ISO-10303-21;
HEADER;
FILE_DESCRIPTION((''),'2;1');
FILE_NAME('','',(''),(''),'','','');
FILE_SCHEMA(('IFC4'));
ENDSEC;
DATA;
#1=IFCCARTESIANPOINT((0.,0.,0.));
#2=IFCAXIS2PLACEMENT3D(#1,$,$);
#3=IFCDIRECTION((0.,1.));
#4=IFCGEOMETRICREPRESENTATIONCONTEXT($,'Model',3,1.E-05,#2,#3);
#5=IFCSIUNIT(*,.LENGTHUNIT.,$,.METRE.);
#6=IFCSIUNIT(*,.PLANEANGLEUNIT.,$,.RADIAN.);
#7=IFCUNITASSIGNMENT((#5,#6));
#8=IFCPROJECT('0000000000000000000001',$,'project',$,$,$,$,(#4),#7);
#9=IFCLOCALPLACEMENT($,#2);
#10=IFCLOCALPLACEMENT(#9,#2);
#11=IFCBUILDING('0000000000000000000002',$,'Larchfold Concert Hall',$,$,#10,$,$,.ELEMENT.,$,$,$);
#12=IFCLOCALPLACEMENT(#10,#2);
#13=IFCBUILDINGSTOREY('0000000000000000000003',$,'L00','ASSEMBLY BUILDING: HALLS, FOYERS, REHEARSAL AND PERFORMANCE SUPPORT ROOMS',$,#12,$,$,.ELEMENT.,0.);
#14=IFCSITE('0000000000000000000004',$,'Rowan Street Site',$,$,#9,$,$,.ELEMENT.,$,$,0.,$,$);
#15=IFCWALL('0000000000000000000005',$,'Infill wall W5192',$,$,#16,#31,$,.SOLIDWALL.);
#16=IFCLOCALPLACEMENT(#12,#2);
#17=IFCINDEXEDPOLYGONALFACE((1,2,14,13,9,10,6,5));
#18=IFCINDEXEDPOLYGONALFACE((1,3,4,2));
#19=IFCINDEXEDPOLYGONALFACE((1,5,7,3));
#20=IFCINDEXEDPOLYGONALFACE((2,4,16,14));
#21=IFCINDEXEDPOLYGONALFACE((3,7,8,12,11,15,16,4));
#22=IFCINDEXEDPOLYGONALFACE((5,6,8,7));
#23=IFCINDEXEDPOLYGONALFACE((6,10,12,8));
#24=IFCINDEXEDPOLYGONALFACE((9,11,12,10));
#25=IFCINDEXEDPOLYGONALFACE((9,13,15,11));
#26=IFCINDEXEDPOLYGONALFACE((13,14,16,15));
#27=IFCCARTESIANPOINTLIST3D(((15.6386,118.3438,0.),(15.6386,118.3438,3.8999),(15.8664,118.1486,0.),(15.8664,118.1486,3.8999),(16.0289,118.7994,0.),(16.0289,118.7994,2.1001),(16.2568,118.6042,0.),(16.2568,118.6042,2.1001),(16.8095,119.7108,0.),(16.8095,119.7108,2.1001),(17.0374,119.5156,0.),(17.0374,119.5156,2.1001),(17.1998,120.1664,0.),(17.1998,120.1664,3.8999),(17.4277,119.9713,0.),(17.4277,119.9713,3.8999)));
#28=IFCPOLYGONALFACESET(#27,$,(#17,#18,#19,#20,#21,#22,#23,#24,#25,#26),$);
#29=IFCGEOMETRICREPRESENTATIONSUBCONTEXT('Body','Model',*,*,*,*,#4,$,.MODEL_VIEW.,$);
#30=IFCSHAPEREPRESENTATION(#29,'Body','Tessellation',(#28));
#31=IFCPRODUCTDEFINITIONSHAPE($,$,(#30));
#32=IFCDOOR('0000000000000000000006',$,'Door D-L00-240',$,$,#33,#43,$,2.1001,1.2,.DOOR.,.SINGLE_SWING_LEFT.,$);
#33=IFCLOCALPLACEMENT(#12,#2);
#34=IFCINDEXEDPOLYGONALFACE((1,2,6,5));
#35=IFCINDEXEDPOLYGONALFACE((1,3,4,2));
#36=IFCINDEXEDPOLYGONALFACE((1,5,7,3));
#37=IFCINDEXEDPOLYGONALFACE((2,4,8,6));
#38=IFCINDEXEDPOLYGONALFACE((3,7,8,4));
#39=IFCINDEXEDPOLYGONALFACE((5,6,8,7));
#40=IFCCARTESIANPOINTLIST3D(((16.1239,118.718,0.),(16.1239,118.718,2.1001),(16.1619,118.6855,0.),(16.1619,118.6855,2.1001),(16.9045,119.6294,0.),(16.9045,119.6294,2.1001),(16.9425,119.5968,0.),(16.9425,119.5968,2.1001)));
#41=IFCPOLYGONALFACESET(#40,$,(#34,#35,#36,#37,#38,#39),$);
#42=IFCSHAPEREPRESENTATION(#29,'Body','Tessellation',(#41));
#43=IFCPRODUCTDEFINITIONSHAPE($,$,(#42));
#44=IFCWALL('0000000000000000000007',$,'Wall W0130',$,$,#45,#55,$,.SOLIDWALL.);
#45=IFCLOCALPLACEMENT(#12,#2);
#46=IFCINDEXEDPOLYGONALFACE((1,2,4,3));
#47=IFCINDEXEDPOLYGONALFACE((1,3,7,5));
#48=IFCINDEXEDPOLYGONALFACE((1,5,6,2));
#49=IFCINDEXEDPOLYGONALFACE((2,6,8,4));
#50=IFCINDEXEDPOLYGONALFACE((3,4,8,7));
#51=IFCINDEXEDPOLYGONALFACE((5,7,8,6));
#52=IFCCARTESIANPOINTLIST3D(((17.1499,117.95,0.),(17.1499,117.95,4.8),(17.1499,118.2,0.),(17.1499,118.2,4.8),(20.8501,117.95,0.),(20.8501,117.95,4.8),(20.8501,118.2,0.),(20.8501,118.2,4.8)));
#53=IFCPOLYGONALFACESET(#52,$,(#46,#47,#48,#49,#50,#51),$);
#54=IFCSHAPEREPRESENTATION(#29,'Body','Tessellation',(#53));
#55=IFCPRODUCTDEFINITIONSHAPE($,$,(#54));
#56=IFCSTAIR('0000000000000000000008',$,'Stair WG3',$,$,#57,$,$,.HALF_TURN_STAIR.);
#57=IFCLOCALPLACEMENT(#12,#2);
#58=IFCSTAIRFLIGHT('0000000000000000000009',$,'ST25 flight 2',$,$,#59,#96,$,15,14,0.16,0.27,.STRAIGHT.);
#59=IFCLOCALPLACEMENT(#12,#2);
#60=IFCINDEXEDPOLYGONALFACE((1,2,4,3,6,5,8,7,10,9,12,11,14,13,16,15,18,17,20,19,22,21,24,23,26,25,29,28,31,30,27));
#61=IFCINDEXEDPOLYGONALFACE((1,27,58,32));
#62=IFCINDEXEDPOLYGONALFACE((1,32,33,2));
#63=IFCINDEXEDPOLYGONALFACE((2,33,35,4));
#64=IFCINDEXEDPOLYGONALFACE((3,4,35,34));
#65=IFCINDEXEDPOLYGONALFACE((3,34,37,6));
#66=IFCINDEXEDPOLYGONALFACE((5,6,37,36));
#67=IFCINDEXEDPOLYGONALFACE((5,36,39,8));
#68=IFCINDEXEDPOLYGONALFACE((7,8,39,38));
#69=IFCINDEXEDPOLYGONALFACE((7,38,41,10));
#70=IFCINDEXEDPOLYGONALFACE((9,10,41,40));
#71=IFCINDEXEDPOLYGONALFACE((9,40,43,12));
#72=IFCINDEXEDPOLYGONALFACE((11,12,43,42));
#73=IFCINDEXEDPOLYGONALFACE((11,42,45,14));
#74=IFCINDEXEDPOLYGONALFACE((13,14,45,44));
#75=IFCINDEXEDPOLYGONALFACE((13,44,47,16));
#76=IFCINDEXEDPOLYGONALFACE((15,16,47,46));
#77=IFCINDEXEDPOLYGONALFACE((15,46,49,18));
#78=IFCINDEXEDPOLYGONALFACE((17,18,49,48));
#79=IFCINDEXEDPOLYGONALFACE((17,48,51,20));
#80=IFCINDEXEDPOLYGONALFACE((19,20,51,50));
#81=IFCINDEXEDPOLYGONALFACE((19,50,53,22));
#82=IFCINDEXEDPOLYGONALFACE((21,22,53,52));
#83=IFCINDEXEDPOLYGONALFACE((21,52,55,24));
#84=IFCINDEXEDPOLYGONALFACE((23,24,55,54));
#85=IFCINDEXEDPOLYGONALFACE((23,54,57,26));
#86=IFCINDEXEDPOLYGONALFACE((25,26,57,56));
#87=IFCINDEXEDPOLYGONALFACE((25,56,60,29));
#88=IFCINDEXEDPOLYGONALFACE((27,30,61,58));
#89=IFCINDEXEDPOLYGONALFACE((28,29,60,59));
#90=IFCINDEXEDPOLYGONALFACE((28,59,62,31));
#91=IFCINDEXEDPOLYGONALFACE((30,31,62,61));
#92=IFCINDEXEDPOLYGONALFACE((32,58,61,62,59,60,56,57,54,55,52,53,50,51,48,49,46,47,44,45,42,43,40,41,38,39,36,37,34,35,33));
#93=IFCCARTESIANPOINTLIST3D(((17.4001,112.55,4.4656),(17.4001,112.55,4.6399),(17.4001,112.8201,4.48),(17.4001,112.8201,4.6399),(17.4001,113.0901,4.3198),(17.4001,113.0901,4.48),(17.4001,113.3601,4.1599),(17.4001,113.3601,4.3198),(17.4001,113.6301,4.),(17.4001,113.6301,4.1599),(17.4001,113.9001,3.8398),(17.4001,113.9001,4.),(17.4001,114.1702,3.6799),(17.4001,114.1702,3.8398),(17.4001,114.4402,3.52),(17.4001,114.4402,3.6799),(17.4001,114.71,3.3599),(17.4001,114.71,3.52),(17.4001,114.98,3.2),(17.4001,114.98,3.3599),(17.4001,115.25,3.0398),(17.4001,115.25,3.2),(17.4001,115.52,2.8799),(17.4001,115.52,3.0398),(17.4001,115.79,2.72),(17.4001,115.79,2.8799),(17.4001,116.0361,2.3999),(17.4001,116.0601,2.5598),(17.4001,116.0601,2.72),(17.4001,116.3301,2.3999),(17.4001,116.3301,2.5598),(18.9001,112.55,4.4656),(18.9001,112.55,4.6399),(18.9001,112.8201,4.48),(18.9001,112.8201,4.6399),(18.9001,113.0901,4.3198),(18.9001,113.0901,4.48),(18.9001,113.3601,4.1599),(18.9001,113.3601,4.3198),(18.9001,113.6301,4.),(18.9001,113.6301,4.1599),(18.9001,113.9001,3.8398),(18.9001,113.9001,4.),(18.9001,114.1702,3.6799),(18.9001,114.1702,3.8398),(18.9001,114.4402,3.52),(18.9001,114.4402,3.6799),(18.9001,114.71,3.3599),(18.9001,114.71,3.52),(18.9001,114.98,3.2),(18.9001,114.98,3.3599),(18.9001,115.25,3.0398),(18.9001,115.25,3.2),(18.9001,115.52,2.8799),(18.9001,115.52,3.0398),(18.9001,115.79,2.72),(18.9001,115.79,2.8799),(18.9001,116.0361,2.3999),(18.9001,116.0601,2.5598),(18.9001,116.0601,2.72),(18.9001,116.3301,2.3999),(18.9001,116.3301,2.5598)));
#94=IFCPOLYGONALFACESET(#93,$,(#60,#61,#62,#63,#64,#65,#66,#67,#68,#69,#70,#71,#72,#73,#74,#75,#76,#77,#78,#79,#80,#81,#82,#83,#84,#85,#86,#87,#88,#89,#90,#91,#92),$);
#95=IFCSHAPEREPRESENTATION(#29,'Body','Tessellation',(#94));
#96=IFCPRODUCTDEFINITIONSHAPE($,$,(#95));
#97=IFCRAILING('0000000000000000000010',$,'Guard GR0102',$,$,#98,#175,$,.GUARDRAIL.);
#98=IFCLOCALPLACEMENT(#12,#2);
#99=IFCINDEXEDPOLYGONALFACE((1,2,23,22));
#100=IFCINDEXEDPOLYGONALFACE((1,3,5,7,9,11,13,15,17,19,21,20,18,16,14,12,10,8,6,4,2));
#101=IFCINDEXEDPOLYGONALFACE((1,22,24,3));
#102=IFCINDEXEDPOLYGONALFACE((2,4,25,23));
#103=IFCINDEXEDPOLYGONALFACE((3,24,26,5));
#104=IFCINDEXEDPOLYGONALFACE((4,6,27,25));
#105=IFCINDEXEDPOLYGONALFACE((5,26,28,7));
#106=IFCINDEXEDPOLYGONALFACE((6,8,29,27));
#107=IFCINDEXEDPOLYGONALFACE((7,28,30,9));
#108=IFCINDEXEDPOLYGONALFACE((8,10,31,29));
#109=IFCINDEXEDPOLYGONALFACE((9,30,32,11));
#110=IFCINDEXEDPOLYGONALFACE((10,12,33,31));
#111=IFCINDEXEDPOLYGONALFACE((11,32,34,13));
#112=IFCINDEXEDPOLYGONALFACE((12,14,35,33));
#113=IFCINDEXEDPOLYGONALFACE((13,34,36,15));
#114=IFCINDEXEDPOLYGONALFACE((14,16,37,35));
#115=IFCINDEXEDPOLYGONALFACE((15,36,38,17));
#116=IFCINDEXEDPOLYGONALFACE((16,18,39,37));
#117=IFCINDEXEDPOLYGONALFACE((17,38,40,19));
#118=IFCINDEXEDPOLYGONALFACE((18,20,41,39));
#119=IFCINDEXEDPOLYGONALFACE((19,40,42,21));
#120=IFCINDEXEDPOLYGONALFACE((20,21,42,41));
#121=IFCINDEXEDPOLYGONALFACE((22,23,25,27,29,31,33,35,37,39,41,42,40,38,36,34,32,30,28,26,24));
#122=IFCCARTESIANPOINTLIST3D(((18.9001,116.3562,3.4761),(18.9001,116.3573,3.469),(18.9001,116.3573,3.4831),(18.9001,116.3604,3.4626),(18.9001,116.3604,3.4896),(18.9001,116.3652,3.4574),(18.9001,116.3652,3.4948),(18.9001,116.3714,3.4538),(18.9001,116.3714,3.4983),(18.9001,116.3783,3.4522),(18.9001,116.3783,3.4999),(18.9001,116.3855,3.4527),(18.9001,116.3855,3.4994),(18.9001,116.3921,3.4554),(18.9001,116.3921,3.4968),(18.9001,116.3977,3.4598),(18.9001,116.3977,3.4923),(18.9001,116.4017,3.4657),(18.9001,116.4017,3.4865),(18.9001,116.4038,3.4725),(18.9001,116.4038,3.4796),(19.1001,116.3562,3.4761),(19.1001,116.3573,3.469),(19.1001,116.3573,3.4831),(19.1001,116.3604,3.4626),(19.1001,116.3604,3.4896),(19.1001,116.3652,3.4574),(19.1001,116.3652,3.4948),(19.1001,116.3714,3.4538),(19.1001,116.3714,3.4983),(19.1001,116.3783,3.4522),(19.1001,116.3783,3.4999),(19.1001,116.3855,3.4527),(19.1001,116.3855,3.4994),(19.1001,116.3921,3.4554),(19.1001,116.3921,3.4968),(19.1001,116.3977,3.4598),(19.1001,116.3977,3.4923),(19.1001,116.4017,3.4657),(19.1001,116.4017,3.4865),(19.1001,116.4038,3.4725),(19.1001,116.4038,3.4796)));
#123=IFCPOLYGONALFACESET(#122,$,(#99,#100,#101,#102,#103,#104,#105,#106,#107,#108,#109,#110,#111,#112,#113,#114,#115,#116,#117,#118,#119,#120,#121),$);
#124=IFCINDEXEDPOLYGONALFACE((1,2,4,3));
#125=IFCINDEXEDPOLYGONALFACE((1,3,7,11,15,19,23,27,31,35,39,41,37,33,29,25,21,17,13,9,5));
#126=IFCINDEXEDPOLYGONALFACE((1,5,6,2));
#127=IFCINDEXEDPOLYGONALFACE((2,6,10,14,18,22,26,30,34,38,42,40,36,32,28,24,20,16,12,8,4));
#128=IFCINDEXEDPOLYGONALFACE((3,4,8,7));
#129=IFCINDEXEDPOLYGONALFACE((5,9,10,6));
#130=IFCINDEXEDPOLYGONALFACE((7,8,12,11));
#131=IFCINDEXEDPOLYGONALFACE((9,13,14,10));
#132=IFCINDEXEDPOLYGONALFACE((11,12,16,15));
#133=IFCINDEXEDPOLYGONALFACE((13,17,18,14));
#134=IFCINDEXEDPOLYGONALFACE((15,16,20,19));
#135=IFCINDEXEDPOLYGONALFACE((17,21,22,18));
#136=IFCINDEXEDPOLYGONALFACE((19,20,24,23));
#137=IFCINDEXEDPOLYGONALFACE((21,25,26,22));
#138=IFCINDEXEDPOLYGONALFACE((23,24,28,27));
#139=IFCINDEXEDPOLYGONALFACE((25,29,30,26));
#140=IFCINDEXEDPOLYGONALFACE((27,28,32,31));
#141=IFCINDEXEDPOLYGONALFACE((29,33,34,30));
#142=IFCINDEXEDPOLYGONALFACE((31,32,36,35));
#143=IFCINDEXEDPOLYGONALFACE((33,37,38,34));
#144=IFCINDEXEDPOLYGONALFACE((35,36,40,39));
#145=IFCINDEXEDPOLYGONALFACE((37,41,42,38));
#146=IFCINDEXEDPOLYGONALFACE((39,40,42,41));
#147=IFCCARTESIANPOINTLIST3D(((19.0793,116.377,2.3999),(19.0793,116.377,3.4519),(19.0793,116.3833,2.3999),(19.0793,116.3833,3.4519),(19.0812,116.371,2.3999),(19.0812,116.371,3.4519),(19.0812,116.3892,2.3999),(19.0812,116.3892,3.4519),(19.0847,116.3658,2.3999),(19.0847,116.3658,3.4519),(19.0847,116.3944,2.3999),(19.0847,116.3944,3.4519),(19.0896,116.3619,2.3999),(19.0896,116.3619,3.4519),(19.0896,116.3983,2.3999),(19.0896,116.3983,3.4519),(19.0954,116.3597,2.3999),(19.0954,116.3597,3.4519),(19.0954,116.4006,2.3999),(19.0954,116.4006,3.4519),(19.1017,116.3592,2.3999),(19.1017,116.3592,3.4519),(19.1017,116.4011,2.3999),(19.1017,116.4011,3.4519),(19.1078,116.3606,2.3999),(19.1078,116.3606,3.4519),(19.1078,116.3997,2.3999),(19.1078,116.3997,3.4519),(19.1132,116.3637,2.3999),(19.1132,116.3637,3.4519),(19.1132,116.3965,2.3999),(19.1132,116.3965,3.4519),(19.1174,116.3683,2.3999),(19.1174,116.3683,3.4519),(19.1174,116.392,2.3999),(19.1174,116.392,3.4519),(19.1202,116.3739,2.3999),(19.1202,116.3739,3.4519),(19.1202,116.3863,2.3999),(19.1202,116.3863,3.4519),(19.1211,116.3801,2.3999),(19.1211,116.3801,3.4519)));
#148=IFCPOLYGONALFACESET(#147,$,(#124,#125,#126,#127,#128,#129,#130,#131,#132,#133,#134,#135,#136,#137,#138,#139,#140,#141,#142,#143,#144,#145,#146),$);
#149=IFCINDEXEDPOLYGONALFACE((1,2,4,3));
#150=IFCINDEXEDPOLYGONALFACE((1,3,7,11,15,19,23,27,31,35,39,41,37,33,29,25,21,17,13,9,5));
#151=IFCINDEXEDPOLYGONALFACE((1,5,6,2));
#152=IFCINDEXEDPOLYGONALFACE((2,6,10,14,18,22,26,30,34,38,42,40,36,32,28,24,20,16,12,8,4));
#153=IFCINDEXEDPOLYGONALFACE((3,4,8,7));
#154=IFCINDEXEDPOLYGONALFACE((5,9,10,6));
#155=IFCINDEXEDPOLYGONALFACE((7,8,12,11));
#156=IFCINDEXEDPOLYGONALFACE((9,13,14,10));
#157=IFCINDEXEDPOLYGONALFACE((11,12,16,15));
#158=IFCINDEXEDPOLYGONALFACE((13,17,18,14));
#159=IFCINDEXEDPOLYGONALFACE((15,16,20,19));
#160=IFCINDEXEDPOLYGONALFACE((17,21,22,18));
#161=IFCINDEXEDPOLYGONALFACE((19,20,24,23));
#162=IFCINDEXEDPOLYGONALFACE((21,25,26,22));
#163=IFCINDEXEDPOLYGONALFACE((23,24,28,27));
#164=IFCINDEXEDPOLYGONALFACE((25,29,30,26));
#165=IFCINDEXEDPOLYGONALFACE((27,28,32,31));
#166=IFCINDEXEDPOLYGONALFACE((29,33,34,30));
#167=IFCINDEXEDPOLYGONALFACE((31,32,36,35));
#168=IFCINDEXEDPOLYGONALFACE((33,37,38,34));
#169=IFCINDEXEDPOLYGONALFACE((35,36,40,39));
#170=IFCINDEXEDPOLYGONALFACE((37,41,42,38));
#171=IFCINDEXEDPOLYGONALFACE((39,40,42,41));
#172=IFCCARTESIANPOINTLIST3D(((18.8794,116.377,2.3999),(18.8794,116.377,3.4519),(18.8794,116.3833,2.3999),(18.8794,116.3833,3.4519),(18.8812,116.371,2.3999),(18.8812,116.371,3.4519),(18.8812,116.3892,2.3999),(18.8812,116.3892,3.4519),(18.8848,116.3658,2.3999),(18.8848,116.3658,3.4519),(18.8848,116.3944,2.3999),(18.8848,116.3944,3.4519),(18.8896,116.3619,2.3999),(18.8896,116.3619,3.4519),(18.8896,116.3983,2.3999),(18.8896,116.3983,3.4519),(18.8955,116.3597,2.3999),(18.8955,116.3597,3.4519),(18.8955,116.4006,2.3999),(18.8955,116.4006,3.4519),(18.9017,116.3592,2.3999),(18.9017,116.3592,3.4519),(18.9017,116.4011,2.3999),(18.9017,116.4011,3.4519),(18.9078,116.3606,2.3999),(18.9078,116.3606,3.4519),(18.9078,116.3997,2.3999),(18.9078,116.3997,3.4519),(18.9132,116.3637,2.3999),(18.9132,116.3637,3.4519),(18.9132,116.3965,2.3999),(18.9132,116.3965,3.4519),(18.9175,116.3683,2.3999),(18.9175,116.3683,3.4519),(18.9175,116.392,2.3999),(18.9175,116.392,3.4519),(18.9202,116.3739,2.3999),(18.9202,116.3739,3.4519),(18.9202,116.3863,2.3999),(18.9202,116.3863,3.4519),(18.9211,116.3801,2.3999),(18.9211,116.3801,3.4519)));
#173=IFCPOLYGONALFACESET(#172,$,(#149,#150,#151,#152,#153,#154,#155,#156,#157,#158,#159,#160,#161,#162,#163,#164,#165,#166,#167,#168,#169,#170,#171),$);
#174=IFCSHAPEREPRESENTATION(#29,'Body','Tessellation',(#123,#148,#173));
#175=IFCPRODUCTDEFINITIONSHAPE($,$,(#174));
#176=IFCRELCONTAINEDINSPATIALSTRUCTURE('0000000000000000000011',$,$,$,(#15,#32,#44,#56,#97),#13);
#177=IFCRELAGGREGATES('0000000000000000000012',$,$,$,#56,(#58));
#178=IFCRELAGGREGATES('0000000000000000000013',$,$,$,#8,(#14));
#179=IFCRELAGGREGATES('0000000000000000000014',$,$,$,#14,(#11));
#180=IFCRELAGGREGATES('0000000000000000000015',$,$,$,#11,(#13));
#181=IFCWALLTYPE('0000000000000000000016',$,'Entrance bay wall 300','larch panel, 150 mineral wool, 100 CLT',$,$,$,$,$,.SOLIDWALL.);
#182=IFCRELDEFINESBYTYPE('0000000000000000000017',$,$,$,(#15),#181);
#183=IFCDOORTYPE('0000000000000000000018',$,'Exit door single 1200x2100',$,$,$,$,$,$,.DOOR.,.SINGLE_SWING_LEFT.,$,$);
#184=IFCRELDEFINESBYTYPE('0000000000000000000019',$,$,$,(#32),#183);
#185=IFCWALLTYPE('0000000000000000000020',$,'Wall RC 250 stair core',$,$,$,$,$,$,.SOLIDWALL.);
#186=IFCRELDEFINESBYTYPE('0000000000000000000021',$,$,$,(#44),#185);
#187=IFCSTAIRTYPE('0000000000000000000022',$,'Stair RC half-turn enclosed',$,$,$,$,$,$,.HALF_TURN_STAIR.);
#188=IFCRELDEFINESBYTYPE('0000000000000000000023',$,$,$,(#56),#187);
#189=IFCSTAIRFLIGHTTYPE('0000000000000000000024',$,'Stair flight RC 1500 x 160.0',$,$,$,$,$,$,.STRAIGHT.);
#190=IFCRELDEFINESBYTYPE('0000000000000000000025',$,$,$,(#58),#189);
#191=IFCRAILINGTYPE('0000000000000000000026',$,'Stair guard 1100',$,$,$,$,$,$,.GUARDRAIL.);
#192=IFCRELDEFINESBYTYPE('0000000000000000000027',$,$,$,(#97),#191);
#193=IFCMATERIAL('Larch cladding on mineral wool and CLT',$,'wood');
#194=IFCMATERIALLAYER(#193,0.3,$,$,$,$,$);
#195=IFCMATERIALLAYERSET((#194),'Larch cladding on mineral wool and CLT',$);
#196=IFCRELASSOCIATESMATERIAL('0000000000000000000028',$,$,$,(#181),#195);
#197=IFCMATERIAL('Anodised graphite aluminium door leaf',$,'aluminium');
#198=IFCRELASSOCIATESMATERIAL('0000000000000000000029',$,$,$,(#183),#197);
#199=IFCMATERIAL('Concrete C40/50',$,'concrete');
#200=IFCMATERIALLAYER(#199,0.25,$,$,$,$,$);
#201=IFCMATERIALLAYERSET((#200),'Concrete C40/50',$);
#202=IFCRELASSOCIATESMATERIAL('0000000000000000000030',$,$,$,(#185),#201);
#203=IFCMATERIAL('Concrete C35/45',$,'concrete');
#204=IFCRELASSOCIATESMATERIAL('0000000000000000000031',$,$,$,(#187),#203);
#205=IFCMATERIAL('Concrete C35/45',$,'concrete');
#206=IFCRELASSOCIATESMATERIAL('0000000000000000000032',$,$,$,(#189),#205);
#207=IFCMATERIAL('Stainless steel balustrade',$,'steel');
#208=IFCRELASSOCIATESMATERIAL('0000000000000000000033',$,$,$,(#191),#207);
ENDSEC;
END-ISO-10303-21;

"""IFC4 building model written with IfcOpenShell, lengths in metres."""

from ifc_helpers import new_model, si_unit, direction, frame, frame_2d, origin, origin_2d, place, context, subcontext, project, spatial, polyline, rectangle, circle, outline, extrude, material, layer, layer_set, type_object, element, fill, aggregate, save


model = new_model("IFC4")

# Units and contexts
model_context = context("Model", 3, precision=1e-05, world=origin(), true_north=direction((0.0, 1.0)))
body_context = subcontext(model_context, "Body", "Model", "MODEL_VIEW")
ifc_project = project(units=[si_unit("LENGTHUNIT", "METRE"), si_unit("PLANEANGLEUNIT", "RADIAN")], contexts=[model_context])

# Site, building, storey
site_placement = place(None, origin())
site = spatial("IfcSite", under=ifc_project, at=site_placement, Name="Rowan Street Site", CompositionType="ELEMENT", RefElevation=0.0)
building_placement = place(site_placement, origin())
building = spatial("IfcBuilding", under=site, at=building_placement, Name="Larchfold Concert Hall", CompositionType="ELEMENT")
storey_placement = place(building_placement, origin())
storey = spatial("IfcBuildingStorey", under=building, at=storey_placement, Name="L00", Description="ASSEMBLY BUILDING: HALLS, FOYERS, REHEARSAL AND PERFORMANCE SUPPORT ROOMS", CompositionType="ELEMENT", Elevation=0.0)

# Wall, opening, door
ifc_material_1 = material(Name="Larch cladding on mineral wool and CLT", Category="wood")
ifc_layer_1 = layer(ifc_material_1, 0.3)
ifc_layer_set_1 = layer_set([ifc_layer_1], Name="Larch cladding on mineral wool and CLT")
wall_type_1 = type_object("IfcWallType", Name="Entrance bay wall 300", Description="larch panel, 150 mineral wool, 100 CLT", PredefinedType="SOLIDWALL", material=ifc_layer_set_1)
wall_1_placement = place(storey_placement, frame((17.3137, 120.0688, 0.0), z_axis=(0.0, 0.0, 1.0), x_axis=(-0.650532, -0.759479, 0.0)))
wall_1 = element("IfcWall", 1, at=wall_1_placement, inside=storey, type_object=wall_type_1, Name="Infill wall W5192", PredefinedType="SOLIDWALL", context=body_context, shape_type="SweptSolid", body=[
    extrude(rectangle(XDim=2.3999, YDim=0.3, at=frame_2d((1.2, 0.0))), origin(), (0.0, 0.0, 1.0), 3.8999),
])
opening_placement = place(wall_1_placement, frame((1.8, 0.0, 0.0), z_axis=(0.0, 0.0, 1.0), x_axis=(-1.0, 0.0, 0.0)))
opening = element("IfcOpeningElement", 2, at=opening_placement, cuts=wall_1, PredefinedType="OPENING", context=body_context, shape_type="SweptSolid", body=[
    extrude(rectangle(XDim=1.2, YDim=2.1001, at=frame_2d((0.6001, 1.05))), frame((0.0, 0.1602, 0.0), z_axis=(0.0, -1.0, 0.0), x_axis=(1.0, 0.0, 0.0)), (0.0, 0.0, 1.0), 0.3201),
])
ifc_material_2 = material(Name="Anodised graphite aluminium door leaf", Category="aluminium")
door_type = type_object("IfcDoorType", Name="Exit door single 1200x2100", OperationType="SINGLE_SWING_LEFT", PredefinedType="DOOR", material=ifc_material_2)
door_placement = place(opening_placement, origin())
door = element("IfcDoor", 3, at=door_placement, inside=storey, type_object=door_type, Name="Door D-L00-240", OperationType="SINGLE_SWING_LEFT", OverallHeight=2.1001, OverallWidth=1.2, PredefinedType="DOOR", context=body_context, shape_type="SweptSolid", body=[
    extrude(rectangle(XDim=1.2, YDim=2.1001, at=frame_2d((0.6001, 1.05))), frame((0.0, 0.0249, 0.0), z_axis=(0.0, -1.0, 0.0), x_axis=(1.0, 0.0, 0.0)), (0.0, 0.0, 1.0), 0.05),
])
fill(opening, door)

# Wall
ifc_material_3 = material(Name="Concrete C40/50", Category="concrete")
ifc_layer_2 = layer(ifc_material_3, 0.25)
ifc_layer_set_2 = layer_set([ifc_layer_2], Name="Concrete C40/50")
wall_type_2 = type_object("IfcWallType", Name="Wall RC 250 stair core", PredefinedType="SOLIDWALL", material=ifc_layer_set_2)
wall_2_placement = place(storey_placement, frame((17.1499, 118.075, 0.0), z_axis=(0.0, 0.0, 1.0), x_axis=(1.0, 0.0, 0.0)))
element("IfcWall", 4, at=wall_2_placement, inside=storey, type_object=wall_type_2, Name="Wall W0130", PredefinedType="SOLIDWALL", context=body_context, shape_type="SweptSolid", body=[
    extrude(rectangle(XDim=3.7002, YDim=0.25, at=frame_2d((1.8501, 0.0))), origin(), (0.0, 0.0, 1.0), 4.8),
])

# Stair, stair flight
ifc_material_4 = material(Name="Concrete C35/45", Category="concrete")
stair_type = type_object("IfcStairType", Name="Stair RC half-turn enclosed", PredefinedType="HALF_TURN_STAIR", material=ifc_material_4)
stair_placement = place(storey_placement, origin())
stair = element("IfcStair", 5, at=stair_placement, inside=storey, type_object=stair_type, Name="Stair WG3", PredefinedType="HALF_TURN_STAIR")
ifc_material_5 = material(Name="Concrete C35/45", Category="concrete")
stair_flight_type = type_object("IfcStairFlightType", Name="Stair flight RC 1500 x 160.0", PredefinedType="STRAIGHT", material=ifc_material_5)
stair_flight_placement = place(storey_placement, frame((18.1501, 116.3301, 2.3999), z_axis=(0.0, 0.0, 1.0), x_axis=(0.0, -1.0, 0.0)))
stair_flight = element("IfcStairFlight", 6, at=stair_flight_placement, type_object=stair_flight_type, Name="ST25 flight 2", NumberOfRisers=15, NumberOfTreads=14, PredefinedType="STRAIGHT", RiserHeight=0.16, TreadLength=0.27, context=body_context, shape_type="SweptSolid", body=[
    extrude(outline(polyline([(0.0, 0.0), (0.0, 0.1599), (0.27, 0.1599), (0.27, 0.3201), (0.54, 0.3201), (0.54, 0.48), (0.8101, 0.48), (0.8101, 0.6399), (1.0801, 0.6399), (1.0801, 0.8), (1.3501, 0.8), (1.3501, 0.96), (1.6201, 0.96), (1.6201, 1.1201), (1.8899, 1.1201), (1.8899, 1.28), (2.1599, 1.28), (2.1599, 1.4399), (2.4299, 1.4399), (2.4299, 1.6001), (2.7, 1.6001), (2.7, 1.76), (2.97, 1.76), (2.97, 1.9199), (3.24, 1.9199), (3.24, 2.0801), (3.51, 2.0801), (3.51, 2.24), (3.78, 2.24), (3.78, 2.3999), (3.78, 2.0657), (0.2939, 0.0), (0.0, 0.0)])), frame((0.0, 0.75, 0.0), z_axis=(0.0, -1.0, 0.0), x_axis=(1.0, 0.0, 0.0)), (0.0, 0.0, 1.0), 1.5),
])
aggregate(stair, [stair_flight])

# Railing
ifc_material_6 = material(Name="Stainless steel balustrade", Category="steel")
railing_type_1 = type_object("IfcRailingType", Name="Stair guard 1100", PredefinedType="GUARDRAIL", material=ifc_material_6)
railing_1_placement = place(storey_placement, frame((19.1001, 116.3801, 2.3999)))
element("IfcRailing", 7, at=railing_1_placement, inside=storey, type_object=railing_type_1, Name="Guard GR0102", PredefinedType="GUARDRAIL", context=body_context, shape_type="SweptSolid", body=[
    extrude(circle(Radius=0.0239, at=origin_2d()), frame((0.0, 0.0, 1.0762), z_axis=(-1.0, 0.0, 0.0), x_axis=(0.0, -1.0, 0.0)), (0.0, 0.0, 1.0), 0.2),
    extrude(circle(Radius=0.021, at=origin_2d()), origin(), (0.0, 0.0, 1.0), 1.052),
    extrude(circle(Radius=0.021, at=origin_2d()), frame((-0.2, 0.0, 0.0)), (0.0, 0.0, 1.0), 1.052),
])

save(model, "model.ifc")
